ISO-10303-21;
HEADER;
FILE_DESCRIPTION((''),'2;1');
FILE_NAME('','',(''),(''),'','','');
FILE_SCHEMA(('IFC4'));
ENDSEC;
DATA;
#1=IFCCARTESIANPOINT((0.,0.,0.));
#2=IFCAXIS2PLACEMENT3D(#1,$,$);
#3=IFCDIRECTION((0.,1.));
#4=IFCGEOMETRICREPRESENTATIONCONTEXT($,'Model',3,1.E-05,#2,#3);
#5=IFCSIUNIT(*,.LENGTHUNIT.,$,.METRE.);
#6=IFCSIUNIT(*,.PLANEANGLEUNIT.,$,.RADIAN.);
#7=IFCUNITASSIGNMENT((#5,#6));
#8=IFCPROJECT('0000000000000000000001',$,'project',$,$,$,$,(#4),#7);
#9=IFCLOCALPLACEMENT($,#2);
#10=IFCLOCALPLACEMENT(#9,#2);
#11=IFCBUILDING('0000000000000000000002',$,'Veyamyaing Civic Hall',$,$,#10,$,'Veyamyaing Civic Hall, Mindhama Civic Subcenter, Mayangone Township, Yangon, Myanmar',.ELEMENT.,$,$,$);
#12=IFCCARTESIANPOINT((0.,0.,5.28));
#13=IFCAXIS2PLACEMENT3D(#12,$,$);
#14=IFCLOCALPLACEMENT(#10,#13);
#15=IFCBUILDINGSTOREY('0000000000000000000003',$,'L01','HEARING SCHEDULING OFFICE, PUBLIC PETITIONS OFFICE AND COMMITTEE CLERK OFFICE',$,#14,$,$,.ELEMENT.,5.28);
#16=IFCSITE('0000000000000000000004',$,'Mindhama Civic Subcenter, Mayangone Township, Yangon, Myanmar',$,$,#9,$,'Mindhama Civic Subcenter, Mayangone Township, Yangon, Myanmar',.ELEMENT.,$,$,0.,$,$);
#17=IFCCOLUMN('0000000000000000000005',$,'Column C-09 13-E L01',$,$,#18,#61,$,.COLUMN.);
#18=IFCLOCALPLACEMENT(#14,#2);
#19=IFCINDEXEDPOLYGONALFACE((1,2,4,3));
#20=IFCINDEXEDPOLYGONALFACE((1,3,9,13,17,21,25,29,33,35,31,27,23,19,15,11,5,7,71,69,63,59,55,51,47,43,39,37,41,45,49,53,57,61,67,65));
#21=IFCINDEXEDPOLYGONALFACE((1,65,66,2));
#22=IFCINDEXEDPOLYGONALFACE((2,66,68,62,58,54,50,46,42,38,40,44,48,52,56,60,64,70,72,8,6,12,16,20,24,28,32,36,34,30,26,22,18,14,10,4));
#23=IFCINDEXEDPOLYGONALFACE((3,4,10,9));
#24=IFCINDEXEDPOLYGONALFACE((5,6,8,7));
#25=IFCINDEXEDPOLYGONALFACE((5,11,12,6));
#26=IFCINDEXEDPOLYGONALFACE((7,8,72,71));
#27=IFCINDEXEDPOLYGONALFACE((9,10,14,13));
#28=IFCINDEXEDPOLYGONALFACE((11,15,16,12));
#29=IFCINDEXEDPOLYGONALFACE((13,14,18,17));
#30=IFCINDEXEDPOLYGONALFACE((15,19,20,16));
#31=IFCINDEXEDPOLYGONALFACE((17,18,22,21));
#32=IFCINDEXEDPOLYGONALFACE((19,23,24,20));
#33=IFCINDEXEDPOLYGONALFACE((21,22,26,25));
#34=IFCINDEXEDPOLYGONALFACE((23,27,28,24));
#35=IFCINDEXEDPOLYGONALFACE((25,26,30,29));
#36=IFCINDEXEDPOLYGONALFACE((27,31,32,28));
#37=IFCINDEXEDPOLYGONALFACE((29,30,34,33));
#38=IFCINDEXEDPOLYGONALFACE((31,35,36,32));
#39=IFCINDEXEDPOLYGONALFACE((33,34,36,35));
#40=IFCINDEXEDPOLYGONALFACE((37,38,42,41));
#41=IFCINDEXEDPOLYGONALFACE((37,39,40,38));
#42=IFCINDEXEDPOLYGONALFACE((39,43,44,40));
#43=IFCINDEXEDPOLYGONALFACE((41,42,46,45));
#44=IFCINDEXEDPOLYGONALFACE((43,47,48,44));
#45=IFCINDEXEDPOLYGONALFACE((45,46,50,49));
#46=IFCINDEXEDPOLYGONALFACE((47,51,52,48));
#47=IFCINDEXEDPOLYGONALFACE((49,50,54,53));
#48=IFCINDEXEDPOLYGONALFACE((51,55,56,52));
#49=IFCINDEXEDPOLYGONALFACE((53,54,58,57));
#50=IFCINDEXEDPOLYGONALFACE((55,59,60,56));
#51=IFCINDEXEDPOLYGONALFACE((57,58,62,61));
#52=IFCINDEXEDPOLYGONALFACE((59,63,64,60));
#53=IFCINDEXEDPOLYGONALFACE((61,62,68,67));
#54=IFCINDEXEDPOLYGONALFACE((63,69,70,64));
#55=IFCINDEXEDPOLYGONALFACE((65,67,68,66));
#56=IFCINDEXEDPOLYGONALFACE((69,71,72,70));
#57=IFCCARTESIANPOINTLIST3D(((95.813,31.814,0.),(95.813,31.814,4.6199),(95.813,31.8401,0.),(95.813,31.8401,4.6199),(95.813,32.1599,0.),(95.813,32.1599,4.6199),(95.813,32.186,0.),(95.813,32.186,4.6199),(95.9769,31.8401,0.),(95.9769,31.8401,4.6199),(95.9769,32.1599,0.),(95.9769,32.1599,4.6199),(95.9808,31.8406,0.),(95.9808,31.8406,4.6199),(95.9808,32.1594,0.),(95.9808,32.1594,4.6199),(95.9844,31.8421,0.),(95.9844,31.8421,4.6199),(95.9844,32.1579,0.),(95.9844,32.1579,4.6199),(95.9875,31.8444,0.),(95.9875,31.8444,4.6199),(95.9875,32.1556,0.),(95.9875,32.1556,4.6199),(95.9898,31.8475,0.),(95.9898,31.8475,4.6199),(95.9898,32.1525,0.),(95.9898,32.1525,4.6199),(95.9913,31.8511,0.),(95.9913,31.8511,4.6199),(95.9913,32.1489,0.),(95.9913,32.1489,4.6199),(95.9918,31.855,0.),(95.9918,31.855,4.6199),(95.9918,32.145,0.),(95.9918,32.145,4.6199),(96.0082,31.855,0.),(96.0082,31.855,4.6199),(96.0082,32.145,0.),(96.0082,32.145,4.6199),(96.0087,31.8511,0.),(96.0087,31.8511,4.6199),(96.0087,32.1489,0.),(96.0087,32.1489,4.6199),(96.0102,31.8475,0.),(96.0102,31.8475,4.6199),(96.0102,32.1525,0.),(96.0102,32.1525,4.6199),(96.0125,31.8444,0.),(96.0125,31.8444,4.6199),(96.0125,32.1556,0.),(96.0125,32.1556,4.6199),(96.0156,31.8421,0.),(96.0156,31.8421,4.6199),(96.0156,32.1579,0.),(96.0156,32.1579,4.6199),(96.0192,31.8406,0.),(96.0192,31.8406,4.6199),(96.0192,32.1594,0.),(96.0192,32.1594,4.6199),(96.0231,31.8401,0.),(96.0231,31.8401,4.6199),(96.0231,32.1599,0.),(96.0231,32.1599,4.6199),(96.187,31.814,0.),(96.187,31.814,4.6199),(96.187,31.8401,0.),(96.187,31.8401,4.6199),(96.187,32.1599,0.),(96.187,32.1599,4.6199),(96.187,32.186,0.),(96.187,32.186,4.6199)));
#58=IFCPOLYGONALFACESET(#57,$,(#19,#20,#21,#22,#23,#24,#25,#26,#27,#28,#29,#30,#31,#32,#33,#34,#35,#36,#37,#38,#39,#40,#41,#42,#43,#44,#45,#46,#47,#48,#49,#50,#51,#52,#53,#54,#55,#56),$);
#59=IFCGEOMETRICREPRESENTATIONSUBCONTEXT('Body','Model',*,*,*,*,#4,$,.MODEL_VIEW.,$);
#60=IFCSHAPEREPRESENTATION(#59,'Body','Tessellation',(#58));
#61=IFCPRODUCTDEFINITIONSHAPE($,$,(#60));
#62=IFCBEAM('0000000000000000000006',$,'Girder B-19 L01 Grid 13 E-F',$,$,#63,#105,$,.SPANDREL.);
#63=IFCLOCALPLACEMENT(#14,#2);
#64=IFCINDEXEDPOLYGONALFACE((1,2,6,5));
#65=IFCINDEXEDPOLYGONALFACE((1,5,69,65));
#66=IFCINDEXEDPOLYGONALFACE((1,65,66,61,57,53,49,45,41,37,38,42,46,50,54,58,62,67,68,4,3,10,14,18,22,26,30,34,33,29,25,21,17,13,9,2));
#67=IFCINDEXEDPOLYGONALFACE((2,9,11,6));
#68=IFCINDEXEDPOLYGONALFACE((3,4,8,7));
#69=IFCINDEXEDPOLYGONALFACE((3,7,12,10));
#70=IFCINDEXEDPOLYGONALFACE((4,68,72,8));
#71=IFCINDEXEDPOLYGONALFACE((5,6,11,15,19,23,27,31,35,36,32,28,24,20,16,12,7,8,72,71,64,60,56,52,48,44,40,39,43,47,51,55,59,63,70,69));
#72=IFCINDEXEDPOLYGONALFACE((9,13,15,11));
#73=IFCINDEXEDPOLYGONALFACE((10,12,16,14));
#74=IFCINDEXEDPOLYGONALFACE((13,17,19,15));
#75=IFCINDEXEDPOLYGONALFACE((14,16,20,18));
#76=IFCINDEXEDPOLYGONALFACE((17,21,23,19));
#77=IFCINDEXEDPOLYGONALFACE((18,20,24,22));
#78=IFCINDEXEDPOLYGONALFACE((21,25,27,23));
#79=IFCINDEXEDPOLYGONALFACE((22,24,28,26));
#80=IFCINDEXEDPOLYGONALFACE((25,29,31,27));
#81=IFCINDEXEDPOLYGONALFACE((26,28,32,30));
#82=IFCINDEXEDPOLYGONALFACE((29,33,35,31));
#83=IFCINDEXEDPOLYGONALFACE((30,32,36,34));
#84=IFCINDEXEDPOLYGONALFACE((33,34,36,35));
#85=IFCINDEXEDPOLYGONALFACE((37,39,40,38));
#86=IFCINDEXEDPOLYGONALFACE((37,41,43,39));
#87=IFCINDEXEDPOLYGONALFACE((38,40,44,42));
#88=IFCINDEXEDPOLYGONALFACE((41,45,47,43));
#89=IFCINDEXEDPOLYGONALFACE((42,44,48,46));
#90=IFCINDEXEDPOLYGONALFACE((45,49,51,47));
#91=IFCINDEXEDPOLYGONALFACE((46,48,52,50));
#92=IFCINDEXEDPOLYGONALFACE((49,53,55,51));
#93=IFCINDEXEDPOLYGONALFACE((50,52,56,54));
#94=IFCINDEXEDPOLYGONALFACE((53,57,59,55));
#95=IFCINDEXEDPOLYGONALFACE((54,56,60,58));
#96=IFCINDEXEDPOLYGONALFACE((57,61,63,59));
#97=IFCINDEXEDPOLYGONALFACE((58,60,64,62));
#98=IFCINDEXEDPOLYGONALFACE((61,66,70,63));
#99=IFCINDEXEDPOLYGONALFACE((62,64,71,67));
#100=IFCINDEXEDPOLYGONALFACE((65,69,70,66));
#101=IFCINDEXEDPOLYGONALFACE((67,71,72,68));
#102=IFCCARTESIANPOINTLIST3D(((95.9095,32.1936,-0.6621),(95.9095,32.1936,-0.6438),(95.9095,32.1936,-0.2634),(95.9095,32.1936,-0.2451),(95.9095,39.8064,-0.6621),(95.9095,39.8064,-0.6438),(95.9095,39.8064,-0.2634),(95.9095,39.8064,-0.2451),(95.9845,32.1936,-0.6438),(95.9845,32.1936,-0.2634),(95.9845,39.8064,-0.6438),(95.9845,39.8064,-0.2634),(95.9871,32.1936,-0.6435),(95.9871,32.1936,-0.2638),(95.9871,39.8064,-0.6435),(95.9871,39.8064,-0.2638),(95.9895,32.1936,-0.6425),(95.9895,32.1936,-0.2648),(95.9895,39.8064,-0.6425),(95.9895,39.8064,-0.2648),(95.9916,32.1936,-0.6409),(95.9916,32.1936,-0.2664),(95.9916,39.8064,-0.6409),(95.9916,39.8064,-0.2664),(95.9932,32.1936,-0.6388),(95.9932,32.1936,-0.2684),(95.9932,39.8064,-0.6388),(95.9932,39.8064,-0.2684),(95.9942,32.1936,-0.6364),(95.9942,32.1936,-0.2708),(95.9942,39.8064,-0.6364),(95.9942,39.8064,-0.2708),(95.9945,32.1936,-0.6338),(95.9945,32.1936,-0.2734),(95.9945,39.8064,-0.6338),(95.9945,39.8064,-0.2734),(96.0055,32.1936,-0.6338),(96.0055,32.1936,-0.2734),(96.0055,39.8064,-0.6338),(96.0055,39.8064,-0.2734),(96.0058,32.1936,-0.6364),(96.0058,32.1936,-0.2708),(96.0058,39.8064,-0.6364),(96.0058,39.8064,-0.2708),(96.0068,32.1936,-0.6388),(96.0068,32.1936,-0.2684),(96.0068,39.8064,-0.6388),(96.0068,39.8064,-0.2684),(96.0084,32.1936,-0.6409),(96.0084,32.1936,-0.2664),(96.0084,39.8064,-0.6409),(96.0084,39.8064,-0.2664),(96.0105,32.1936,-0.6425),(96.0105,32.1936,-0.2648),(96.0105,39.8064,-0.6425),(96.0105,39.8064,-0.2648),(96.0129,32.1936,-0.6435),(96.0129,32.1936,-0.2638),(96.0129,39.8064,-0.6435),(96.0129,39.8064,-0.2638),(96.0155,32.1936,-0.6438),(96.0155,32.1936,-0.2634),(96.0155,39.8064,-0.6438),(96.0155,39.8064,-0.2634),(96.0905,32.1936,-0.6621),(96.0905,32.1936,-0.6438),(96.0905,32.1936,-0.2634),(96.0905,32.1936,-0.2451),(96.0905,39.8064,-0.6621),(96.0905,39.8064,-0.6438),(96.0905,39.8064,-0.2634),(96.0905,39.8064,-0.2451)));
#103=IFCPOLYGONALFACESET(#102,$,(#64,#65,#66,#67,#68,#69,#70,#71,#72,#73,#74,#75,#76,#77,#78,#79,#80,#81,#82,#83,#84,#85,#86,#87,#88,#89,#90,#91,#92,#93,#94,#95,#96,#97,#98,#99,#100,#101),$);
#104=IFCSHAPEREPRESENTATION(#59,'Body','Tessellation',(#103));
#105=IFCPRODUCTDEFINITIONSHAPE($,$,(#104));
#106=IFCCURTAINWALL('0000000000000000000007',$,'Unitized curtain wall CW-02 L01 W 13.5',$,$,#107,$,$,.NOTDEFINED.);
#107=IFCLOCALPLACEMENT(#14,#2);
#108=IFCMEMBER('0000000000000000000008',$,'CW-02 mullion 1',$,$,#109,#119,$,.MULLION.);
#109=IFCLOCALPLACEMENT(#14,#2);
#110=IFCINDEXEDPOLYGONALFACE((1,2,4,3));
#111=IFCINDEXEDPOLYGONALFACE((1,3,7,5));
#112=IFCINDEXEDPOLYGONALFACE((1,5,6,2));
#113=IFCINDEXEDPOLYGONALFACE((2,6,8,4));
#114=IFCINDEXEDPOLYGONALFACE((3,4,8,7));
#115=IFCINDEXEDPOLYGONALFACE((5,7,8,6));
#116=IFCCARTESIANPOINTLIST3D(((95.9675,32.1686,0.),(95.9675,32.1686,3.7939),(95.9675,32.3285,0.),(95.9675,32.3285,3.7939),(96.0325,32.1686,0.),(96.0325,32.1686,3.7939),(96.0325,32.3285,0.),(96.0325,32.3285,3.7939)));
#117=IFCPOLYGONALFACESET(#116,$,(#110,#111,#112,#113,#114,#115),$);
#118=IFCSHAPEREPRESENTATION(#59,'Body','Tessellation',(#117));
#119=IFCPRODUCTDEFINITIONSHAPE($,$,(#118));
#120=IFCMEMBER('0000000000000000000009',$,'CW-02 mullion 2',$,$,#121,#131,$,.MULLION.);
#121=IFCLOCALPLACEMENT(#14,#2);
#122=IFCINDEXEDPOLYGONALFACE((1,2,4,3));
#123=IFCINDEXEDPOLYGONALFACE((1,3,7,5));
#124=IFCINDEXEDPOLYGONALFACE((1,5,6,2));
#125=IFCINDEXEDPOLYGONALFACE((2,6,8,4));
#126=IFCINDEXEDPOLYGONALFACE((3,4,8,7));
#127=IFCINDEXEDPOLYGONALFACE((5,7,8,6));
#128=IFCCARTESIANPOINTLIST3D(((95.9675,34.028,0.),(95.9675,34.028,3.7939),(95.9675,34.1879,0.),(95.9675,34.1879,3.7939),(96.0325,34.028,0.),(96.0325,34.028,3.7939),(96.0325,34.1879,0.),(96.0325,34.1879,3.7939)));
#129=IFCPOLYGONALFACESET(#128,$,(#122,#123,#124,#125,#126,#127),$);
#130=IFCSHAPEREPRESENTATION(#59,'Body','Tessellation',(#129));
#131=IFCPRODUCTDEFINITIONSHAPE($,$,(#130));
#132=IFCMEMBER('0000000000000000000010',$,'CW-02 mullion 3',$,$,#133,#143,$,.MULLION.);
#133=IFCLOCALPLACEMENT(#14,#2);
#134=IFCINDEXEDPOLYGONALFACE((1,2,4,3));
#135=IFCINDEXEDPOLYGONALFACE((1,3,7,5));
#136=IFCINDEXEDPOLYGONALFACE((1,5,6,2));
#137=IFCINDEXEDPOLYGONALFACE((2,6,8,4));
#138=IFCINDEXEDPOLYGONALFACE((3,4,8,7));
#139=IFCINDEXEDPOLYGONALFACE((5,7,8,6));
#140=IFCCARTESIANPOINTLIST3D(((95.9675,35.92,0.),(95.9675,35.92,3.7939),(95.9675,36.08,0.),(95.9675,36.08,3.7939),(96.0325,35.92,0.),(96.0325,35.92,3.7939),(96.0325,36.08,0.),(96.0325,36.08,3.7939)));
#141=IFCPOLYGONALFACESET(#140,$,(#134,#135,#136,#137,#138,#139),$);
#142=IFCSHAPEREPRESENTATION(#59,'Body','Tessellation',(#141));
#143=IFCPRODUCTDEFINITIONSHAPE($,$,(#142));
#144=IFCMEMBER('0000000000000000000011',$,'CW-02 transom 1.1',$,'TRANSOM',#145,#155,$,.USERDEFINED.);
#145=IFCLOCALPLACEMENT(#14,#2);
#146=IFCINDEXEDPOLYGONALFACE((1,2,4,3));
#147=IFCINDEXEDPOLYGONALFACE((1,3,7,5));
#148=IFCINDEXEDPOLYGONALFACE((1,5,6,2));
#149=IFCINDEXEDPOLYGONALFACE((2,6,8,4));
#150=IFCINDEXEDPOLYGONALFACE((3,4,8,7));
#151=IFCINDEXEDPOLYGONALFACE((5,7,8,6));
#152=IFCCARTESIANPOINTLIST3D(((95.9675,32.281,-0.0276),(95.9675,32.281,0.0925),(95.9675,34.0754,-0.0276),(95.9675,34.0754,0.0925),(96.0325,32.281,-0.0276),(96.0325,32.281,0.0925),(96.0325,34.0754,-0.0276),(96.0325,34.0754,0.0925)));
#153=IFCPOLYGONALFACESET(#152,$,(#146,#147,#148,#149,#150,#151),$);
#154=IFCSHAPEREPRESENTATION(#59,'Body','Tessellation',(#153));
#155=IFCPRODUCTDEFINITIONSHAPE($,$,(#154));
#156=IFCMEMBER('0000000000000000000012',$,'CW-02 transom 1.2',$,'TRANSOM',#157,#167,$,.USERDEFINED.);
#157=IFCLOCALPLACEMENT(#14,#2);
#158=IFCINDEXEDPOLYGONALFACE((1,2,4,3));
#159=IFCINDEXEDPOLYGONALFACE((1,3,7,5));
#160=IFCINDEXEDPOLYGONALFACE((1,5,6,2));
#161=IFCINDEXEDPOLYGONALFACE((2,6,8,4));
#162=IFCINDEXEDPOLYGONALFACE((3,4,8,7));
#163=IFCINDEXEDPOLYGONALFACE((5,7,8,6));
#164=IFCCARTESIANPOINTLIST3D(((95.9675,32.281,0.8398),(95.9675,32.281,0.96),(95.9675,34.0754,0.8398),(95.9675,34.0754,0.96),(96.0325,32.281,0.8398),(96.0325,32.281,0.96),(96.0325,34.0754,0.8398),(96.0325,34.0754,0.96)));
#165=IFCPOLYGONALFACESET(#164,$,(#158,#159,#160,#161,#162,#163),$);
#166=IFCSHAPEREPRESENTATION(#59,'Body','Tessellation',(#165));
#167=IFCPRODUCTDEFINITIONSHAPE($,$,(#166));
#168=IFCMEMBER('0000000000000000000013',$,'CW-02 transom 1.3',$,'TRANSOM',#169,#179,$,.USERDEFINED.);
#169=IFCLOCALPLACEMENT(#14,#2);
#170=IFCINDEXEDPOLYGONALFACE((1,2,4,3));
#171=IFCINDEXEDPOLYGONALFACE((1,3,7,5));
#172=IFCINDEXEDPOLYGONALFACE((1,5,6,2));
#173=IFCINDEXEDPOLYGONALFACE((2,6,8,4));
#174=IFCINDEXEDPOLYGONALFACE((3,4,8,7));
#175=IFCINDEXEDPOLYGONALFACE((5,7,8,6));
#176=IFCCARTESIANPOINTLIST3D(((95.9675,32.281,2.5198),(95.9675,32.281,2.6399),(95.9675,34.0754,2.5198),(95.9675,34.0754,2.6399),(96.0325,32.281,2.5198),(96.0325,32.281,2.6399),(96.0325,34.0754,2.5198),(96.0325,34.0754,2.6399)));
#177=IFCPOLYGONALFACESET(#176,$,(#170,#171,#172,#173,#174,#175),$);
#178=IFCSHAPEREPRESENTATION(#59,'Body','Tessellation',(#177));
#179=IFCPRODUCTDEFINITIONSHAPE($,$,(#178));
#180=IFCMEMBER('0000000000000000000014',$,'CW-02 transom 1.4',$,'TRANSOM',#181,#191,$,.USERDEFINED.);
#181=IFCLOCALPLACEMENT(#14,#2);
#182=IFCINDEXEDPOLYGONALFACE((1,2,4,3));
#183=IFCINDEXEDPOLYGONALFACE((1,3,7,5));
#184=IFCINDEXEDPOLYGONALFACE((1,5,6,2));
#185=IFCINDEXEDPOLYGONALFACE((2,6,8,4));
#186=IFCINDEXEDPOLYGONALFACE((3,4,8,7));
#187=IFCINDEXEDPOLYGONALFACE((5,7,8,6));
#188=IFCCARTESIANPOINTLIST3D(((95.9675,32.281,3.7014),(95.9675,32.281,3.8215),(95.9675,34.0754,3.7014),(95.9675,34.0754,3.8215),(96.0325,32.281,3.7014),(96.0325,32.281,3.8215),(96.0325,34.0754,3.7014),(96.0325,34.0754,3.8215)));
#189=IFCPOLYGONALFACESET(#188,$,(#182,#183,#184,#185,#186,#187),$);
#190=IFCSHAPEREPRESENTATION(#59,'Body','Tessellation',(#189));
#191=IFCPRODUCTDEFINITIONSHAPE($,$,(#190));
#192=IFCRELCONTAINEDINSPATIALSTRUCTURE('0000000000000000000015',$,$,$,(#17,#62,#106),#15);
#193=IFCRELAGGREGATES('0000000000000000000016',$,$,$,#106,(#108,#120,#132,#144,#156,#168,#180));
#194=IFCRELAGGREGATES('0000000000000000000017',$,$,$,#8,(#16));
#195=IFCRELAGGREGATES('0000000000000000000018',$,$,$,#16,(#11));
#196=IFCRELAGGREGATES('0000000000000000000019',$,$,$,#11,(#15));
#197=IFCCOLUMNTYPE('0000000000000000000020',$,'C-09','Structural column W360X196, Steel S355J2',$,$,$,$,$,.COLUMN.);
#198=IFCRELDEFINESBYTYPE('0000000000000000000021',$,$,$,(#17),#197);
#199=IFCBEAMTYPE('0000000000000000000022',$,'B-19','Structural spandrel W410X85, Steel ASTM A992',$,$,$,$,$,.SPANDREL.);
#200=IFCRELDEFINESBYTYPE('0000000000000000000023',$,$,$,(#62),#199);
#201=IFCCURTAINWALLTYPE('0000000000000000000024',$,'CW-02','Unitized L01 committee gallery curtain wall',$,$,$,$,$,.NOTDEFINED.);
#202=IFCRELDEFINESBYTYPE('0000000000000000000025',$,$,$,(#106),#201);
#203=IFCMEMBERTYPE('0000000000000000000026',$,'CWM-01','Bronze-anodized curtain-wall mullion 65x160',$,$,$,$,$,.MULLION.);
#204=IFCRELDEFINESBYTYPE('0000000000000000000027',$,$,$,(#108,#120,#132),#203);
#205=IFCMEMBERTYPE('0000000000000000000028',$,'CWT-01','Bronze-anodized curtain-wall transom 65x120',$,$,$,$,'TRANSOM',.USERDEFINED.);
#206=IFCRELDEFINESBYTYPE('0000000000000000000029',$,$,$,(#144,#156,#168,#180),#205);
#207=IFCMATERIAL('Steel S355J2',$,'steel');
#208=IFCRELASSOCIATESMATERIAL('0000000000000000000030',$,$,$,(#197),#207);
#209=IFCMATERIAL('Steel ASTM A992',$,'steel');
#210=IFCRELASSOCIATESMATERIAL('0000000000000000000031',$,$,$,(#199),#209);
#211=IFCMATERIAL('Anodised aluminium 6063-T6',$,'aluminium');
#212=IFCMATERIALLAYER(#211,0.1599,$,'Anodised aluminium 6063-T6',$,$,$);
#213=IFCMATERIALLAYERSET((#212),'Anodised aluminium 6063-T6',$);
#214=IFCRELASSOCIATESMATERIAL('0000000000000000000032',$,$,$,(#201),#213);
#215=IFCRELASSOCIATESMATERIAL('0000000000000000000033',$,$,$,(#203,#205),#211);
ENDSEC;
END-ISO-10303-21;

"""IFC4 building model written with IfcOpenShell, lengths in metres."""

from ifc_helpers import new_model, si_unit, direction, frame, origin, origin_2d, place, context, subcontext, project, spatial, rectangle, i_section, extrude, material, layer, layer_set, material_profile, profile_set, type_object, element, aggregate, save


model = new_model("IFC4")

# Units and contexts
model_context = context("Model", 3, precision=1e-05, world=origin(), true_north=direction((0.0, 1.0)))
body_context = subcontext(model_context, "Body", "Model", "MODEL_VIEW")
ifc_project = project(units=[si_unit("LENGTHUNIT", "METRE"), si_unit("PLANEANGLEUNIT", "RADIAN")], contexts=[model_context])

# Site, building, storey
site_placement = place(None, origin())
site = spatial("IfcSite", under=ifc_project, at=site_placement, Name="Mindhama Civic Subcenter, Mayangone Township, Yangon, Myanmar", LongName="Mindhama Civic Subcenter, Mayangone Township, Yangon, Myanmar", CompositionType="ELEMENT", RefElevation=0.0)
building_placement = place(site_placement, origin())
building = spatial("IfcBuilding", under=site, at=building_placement, Name="Veyamyaing Civic Hall", LongName="Veyamyaing Civic Hall, Mindhama Civic Subcenter, Mayangone Township, Yangon, Myanmar", CompositionType="ELEMENT")
storey_placement = place(building_placement, frame((0.0, 0.0, 5.28)))
storey = spatial("IfcBuildingStorey", under=building, at=storey_placement, Name="L01", Description="HEARING SCHEDULING OFFICE, PUBLIC PETITIONS OFFICE AND COMMITTEE CLERK OFFICE", CompositionType="ELEMENT", Elevation=5.28)

# Column
ifc_material_1 = material(Name="Steel S355J2", Category="steel")
ifc_material_profile_1 = material_profile(ifc_material_1, i_section(OverallWidth=0.374, OverallDepth=0.3721, WebThickness=0.0164, FlangeThickness=0.0261, FilletRadius=0.0149, at=origin_2d()), Name="W360X196")
ifc_profile_set_1 = profile_set([ifc_material_profile_1], Name="Steel S355J2")
column_type = type_object("IfcColumnType", Name="C-09", Description="Structural column W360X196, Steel S355J2", PredefinedType="COLUMN", material=ifc_profile_set_1)
column_placement = place(storey_placement, frame((96.0, 32.0, 0.0), z_axis=(0.0, 0.0, 1.0), x_axis=(1.0, 0.0, 0.0)))
element("IfcColumn", 1, at=column_placement, inside=storey, type_object=column_type, Name="Column C-09 13-E L01", PredefinedType="COLUMN", context=body_context, shape_type="SweptSolid", body=[
    extrude(i_section(OverallWidth=0.374, OverallDepth=0.3721, WebThickness=0.0164, FlangeThickness=0.0261, FilletRadius=0.0149, at=origin_2d()), origin(), (0.0, 0.0, 1.0), 4.6199),
])

# Beam
ifc_material_2 = material(Name="Steel ASTM A992", Category="steel")
ifc_material_profile_2 = material_profile(ifc_material_2, i_section(OverallWidth=0.1809, OverallDepth=0.417, WebThickness=0.011, FlangeThickness=0.0183, FilletRadius=0.01, at=origin_2d()), Name="W410X85")
ifc_profile_set_2 = profile_set([ifc_material_profile_2], Name="Steel ASTM A992")
beam_type = type_object("IfcBeamType", Name="B-19", Description="Structural spandrel W410X85, Steel ASTM A992", PredefinedType="SPANDREL", material=ifc_profile_set_2)
beam_placement = place(storey_placement, frame((96.0, 32.1936, -0.4536), z_axis=(0.0, 1.0, 0.0), x_axis=(-1.0, 0.0, 0.0)))
element("IfcBeam", 2, at=beam_placement, inside=storey, type_object=beam_type, Name="Girder B-19 L01 Grid 13 E-F", PredefinedType="SPANDREL", context=body_context, shape_type="SweptSolid", body=[
    extrude(i_section(OverallWidth=0.1809, OverallDepth=0.417, WebThickness=0.011, FlangeThickness=0.0183, FilletRadius=0.01, at=origin_2d()), origin(), (0.0, 0.0, 1.0), 7.6128),
])

# Curtain wall, members
ifc_material_3 = material(Name="Anodised aluminium 6063-T6", Category="aluminium")
ifc_layer_1 = layer(ifc_material_3, 0.1599, Name="Anodised aluminium 6063-T6")
ifc_layer_set_1 = layer_set([ifc_layer_1], Name="Anodised aluminium 6063-T6")
curtain_wall_type = type_object("IfcCurtainWallType", Name="CW-02", Description="Unitized L01 committee gallery curtain wall", PredefinedType="NOTDEFINED", material=ifc_layer_set_1)
curtain_wall_placement = place(storey_placement, origin())
curtain_wall = element("IfcCurtainWall", 3, at=curtain_wall_placement, inside=storey, type_object=curtain_wall_type, Name="Unitized curtain wall CW-02 L01 W 13.5", PredefinedType="NOTDEFINED")
ifc_material_profile_3 = material_profile(ifc_material_3, rectangle(XDim=0.0649, YDim=0.1599, at=origin_2d()), Name="ALU-MUL-65X160")
ifc_profile_set_3 = profile_set([ifc_material_profile_3], Name="Anodised aluminium 6063-T6")
member_type_1 = type_object("IfcMemberType", Name="CWM-01", Description="Bronze-anodized curtain-wall mullion 65x160", PredefinedType="MULLION", material=ifc_profile_set_3)
member_1_placement = place(storey_placement, frame((96.0, 32.2485, 0.0), z_axis=(0.0, 0.0, 1.0), x_axis=(-1.0, 0.0, 0.0)))
member_1 = element("IfcMember", 4, at=member_1_placement, type_object=member_type_1, Name="CW-02 mullion 1", PredefinedType="MULLION", context=body_context, shape_type="SweptSolid", body=[
    extrude(rectangle(XDim=0.0649, YDim=0.1599, at=origin_2d()), origin(), (0.0, 0.0, 1.0), 3.7939),
])
member_2_placement = place(storey_placement, frame((96.0, 34.1079, 0.0), z_axis=(0.0, 0.0, 1.0), x_axis=(-1.0, 0.0, 0.0)))
member_2 = element("IfcMember", 5, at=member_2_placement, type_object=member_type_1, Name="CW-02 mullion 2", PredefinedType="MULLION", context=body_context, shape_type="SweptSolid", body=[
    extrude(rectangle(XDim=0.0649, YDim=0.1599, at=origin_2d()), origin(), (0.0, 0.0, 1.0), 3.7939),
])
member_3_placement = place(storey_placement, frame((96.0, 36.0, 0.0), z_axis=(0.0, 0.0, 1.0), x_axis=(-1.0, 0.0, 0.0)))
member_3 = element("IfcMember", 6, at=member_3_placement, type_object=member_type_1, Name="CW-02 mullion 3", PredefinedType="MULLION", context=body_context, shape_type="SweptSolid", body=[
    extrude(rectangle(XDim=0.0649, YDim=0.1599, at=origin_2d()), origin(), (0.0, 0.0, 1.0), 3.7939),
])
ifc_material_profile_4 = material_profile(ifc_material_3, rectangle(XDim=0.0649, YDim=0.1201, at=origin_2d()), Name="ALU-TRN-65X120")
ifc_profile_set_4 = profile_set([ifc_material_profile_4], Name="Anodised aluminium 6063-T6")
member_type_2 = type_object("IfcMemberType", Name="CWT-01", Description="Bronze-anodized curtain-wall transom 65x120", ElementType="TRANSOM", PredefinedType="USERDEFINED", material=ifc_profile_set_4)
member_4_placement = place(storey_placement, frame((96.0, 32.281, 0.0325), z_axis=(0.0, 1.0, 0.0), x_axis=(-1.0, 0.0, 0.0)))
member_4 = element("IfcMember", 7, at=member_4_placement, type_object=member_type_2, Name="CW-02 transom 1.1", ObjectType="TRANSOM", PredefinedType="USERDEFINED", context=body_context, shape_type="SweptSolid", body=[
    extrude(rectangle(XDim=0.0649, YDim=0.1201, at=origin_2d()), origin(), (0.0, 0.0, 1.0), 1.7944),
])
member_5_placement = place(storey_placement, frame((96.0, 32.281, 0.8999), z_axis=(0.0, 1.0, 0.0), x_axis=(-1.0, 0.0, 0.0)))
member_5 = element("IfcMember", 8, at=member_5_placement, type_object=member_type_2, Name="CW-02 transom 1.2", ObjectType="TRANSOM", PredefinedType="USERDEFINED", context=body_context, shape_type="SweptSolid", body=[
    extrude(rectangle(XDim=0.0649, YDim=0.1201, at=origin_2d()), origin(), (0.0, 0.0, 1.0), 1.7944),
])
member_6_placement = place(storey_placement, frame((96.0, 32.281, 2.5798), z_axis=(0.0, 1.0, 0.0), x_axis=(-1.0, 0.0, 0.0)))
member_6 = element("IfcMember", 9, at=member_6_placement, type_object=member_type_2, Name="CW-02 transom 1.3", ObjectType="TRANSOM", PredefinedType="USERDEFINED", context=body_context, shape_type="SweptSolid", body=[
    extrude(rectangle(XDim=0.0649, YDim=0.1201, at=origin_2d()), origin(), (0.0, 0.0, 1.0), 1.7944),
])
member_7_placement = place(storey_placement, frame((96.0, 32.281, 3.7615), z_axis=(0.0, 1.0, 0.0), x_axis=(-1.0, 0.0, 0.0)))
member_7 = element("IfcMember", 10, at=member_7_placement, type_object=member_type_2, Name="CW-02 transom 1.4", ObjectType="TRANSOM", PredefinedType="USERDEFINED", context=body_context, shape_type="SweptSolid", body=[
    extrude(rectangle(XDim=0.0649, YDim=0.1201, at=origin_2d()), origin(), (0.0, 0.0, 1.0), 1.7944),
])
aggregate(curtain_wall, [member_1, member_2, member_3, member_4, member_5, member_6, member_7])

save(model, "model.ifc")
